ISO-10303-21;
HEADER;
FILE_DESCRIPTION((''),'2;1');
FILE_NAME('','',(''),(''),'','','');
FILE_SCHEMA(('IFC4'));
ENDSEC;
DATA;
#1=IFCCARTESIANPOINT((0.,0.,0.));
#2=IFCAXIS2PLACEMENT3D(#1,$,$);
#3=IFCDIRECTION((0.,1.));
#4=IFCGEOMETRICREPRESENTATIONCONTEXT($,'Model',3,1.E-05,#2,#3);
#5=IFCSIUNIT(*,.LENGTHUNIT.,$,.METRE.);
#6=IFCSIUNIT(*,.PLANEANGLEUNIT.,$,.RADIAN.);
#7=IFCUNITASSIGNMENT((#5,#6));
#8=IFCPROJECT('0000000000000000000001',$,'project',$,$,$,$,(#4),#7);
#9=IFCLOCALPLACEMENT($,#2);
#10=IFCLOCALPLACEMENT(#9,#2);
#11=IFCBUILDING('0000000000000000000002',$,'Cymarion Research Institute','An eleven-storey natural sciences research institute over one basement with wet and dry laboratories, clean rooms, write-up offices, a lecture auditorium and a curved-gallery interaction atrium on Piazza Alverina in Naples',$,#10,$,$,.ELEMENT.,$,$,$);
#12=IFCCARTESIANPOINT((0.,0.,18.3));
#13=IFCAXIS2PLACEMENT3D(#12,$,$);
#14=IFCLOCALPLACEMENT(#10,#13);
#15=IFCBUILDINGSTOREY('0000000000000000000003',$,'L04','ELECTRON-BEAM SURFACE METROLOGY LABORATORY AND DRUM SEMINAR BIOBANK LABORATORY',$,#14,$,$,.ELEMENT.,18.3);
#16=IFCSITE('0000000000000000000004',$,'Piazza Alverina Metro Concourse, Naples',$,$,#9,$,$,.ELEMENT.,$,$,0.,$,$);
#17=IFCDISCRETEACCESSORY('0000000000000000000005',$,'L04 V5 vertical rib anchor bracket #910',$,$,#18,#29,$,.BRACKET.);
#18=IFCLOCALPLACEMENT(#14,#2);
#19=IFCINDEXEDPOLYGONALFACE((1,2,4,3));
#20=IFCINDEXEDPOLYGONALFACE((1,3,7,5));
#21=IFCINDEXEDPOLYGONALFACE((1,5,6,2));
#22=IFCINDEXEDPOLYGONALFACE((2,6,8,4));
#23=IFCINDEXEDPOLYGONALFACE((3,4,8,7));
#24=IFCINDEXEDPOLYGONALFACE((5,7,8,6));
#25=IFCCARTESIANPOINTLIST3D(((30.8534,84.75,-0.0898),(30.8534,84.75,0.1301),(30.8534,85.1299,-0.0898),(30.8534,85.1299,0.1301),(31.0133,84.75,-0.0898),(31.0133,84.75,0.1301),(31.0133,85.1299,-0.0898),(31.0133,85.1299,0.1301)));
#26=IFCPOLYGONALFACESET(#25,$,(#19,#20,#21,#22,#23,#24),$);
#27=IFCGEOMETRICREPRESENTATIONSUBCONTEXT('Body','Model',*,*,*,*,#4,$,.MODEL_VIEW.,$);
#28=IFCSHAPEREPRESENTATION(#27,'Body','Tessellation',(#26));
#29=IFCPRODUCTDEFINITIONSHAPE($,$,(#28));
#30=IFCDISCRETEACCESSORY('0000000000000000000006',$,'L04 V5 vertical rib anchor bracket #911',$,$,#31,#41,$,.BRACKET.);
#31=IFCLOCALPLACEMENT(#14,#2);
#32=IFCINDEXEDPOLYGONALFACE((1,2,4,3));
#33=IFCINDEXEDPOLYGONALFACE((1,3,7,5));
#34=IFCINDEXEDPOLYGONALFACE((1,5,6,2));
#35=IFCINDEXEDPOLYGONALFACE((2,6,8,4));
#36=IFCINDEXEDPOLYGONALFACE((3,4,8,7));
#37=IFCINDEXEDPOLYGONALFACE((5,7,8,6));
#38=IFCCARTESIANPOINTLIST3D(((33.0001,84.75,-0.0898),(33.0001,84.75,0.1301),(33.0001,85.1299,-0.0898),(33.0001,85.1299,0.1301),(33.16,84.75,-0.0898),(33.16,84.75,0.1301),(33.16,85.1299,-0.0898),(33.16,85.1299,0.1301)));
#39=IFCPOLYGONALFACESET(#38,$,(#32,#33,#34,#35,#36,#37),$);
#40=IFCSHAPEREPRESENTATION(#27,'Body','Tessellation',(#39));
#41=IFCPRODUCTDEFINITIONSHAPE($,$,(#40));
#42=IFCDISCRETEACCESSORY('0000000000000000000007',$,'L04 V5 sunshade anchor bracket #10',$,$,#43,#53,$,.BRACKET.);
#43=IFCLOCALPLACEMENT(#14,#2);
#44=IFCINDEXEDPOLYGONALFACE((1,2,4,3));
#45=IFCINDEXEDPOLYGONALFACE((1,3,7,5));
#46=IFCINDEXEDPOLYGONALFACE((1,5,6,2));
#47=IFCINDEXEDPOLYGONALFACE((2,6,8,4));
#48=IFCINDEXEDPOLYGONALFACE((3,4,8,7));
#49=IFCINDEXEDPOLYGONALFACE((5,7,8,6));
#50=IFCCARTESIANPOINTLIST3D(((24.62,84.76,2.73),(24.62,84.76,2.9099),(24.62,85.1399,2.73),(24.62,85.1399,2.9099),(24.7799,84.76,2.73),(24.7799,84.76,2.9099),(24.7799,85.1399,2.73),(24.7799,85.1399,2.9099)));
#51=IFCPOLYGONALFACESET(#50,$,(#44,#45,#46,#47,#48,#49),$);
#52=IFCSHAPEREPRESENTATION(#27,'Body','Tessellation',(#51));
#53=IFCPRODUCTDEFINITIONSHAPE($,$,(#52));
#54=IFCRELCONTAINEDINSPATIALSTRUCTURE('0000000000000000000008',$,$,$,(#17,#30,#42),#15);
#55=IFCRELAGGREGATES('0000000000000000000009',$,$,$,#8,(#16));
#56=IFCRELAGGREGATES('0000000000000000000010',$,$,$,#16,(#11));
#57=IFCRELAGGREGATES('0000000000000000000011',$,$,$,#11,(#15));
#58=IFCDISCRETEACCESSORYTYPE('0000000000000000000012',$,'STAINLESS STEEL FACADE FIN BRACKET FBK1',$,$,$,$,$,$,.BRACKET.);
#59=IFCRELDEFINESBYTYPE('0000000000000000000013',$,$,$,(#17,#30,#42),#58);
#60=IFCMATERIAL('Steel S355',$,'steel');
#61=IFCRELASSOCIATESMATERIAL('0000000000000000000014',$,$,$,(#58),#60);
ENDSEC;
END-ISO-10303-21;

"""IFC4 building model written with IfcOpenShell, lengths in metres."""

from ifc_helpers import new_model, si_unit, direction, frame, origin, origin_2d, place, context, subcontext, project, spatial, rectangle, extrude, material, type_object, element, save


model = new_model("IFC4")

# Units and contexts
model_context = context("Model", 3, precision=1e-05, world=origin(), true_north=direction((0.0, 1.0)))
body_context = subcontext(model_context, "Body", "Model", "MODEL_VIEW")
ifc_project = project(units=[si_unit("LENGTHUNIT", "METRE"), si_unit("PLANEANGLEUNIT", "RADIAN")], contexts=[model_context])

# Site, building, storey
site_placement = place(None, origin())
site = spatial("IfcSite", under=ifc_project, at=site_placement, Name="Piazza Alverina Metro Concourse, Naples", CompositionType="ELEMENT", RefElevation=0.0)
building_placement = place(site_placement, origin())
building = spatial("IfcBuilding", under=site, at=building_placement, Name="Cymarion Research Institute", Description="An eleven-storey natural sciences research institute over one basement with wet and dry laboratories, clean rooms, write-up offices, a lecture auditorium and a curved-gallery interaction atrium on Piazza Alverina in Naples", CompositionType="ELEMENT")
storey_placement = place(building_placement, frame((0.0, 0.0, 18.3)))
storey = spatial("IfcBuildingStorey", under=building, at=storey_placement, Name="L04", Description="ELECTRON-BEAM SURFACE METROLOGY LABORATORY AND DRUM SEMINAR BIOBANK LABORATORY", CompositionType="ELEMENT", Elevation=18.3)

# Shared definitions
ifc_material_1 = material(Name="Steel S355", Category="steel")

# Discrete accessories
discrete_accessory_type = type_object("IfcDiscreteAccessoryType", Name="STAINLESS STEEL FACADE FIN BRACKET FBK1", PredefinedType="BRACKET", material=ifc_material_1)
for number, where, z_axis, x_axis, name in (
    (1, (30.9333, 84.9399, -0.0898), (0.0, 0.0, 1.0), (0.0, -1.0, 0.0), "L04 V5 vertical rib anchor bracket #910"),
    (2, (33.0801, 84.9399, -0.0898), (0.0, 0.0, 1.0), (0.0, -1.0, 0.0), "L04 V5 vertical rib anchor bracket #911"),
):
    element("IfcDiscreteAccessory", number, at=place(storey_placement, frame(where, z_axis=z_axis, x_axis=x_axis)), inside=storey, type_object=discrete_accessory_type, Name=name, PredefinedType="BRACKET", context=body_context, shape_type="SweptSolid", body=[
        extrude(rectangle(XDim=0.3799, YDim=0.1599, at=origin_2d()), origin(), (0.0, 0.0, 1.0), 0.22),
    ])
discrete_accessory_1_placement = place(storey_placement, frame((24.7, 84.95, 2.73), z_axis=(0.0, 0.0, 1.0), x_axis=(0.0, -1.0, 0.0)))
element("IfcDiscreteAccessory", 3, at=discrete_accessory_1_placement, inside=storey, type_object=discrete_accessory_type, Name="L04 V5 sunshade anchor bracket #10", PredefinedType="BRACKET", context=body_context, shape_type="SweptSolid", body=[
    extrude(rectangle(XDim=0.3799, YDim=0.1599, at=origin_2d()), origin(), (0.0, 0.0, 1.0), 0.1799),
])

save(model, "model.ifc")
